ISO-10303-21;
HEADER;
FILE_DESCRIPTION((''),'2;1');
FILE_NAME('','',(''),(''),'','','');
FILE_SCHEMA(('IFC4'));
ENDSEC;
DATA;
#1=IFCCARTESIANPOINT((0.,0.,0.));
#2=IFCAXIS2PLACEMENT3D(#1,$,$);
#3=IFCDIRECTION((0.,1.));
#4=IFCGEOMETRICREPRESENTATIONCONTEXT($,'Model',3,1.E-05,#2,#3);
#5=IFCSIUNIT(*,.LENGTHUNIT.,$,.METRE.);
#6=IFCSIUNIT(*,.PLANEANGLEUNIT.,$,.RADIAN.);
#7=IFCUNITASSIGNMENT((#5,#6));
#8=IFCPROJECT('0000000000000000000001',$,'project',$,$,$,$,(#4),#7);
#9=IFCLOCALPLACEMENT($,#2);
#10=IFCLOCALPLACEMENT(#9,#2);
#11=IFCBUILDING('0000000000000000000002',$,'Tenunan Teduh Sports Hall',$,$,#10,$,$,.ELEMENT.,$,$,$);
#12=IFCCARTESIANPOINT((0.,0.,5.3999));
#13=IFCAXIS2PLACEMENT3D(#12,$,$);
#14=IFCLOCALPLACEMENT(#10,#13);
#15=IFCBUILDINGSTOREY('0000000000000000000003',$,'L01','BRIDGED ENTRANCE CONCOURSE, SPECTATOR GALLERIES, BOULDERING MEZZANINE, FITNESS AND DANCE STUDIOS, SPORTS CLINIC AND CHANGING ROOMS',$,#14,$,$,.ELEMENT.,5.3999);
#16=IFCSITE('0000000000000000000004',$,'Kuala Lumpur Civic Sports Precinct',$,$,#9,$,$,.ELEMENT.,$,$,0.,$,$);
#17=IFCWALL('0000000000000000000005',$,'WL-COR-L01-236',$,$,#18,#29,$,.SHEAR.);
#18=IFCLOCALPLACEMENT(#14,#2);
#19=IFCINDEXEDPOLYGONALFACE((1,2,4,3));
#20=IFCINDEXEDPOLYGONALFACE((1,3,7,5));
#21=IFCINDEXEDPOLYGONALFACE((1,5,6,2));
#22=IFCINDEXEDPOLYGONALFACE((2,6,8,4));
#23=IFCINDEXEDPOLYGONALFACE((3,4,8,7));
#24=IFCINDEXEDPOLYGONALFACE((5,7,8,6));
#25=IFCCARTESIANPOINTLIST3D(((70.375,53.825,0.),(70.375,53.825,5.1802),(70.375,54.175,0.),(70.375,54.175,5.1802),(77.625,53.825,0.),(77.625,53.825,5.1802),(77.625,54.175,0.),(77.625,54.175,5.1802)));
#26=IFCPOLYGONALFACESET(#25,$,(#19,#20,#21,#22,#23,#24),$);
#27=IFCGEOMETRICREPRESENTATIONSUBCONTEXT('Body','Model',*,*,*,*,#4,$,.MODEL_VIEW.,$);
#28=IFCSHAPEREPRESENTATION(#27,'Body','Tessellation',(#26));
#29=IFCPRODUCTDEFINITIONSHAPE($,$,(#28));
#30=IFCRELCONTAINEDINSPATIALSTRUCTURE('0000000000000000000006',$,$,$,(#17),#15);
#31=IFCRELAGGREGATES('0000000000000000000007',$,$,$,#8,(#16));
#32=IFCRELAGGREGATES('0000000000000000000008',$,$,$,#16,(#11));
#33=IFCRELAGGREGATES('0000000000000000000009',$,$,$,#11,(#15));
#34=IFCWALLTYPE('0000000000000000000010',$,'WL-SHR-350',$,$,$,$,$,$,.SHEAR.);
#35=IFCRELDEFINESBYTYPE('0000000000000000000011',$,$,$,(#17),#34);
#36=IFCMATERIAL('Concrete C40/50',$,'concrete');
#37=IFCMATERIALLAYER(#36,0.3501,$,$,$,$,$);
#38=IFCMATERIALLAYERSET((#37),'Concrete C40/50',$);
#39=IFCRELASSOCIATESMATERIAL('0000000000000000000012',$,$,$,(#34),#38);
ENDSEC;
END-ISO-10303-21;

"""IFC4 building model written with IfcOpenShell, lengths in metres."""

from ifc_helpers import new_model, si_unit, direction, frame, frame_2d, origin, place, context, subcontext, project, spatial, rectangle, extrude, material, layer, layer_set, type_object, element, save


model = new_model("IFC4")

# Units and contexts
model_context = context("Model", 3, precision=1e-05, world=origin(), true_north=direction((0.0, 1.0)))
body_context = subcontext(model_context, "Body", "Model", "MODEL_VIEW")
ifc_project = project(units=[si_unit("LENGTHUNIT", "METRE"), si_unit("PLANEANGLEUNIT", "RADIAN")], contexts=[model_context])

# Site, building, storey
site_placement = place(None, origin())
site = spatial("IfcSite", under=ifc_project, at=site_placement, Name="Kuala Lumpur Civic Sports Precinct", CompositionType="ELEMENT", RefElevation=0.0)
building_placement = place(site_placement, origin())
building = spatial("IfcBuilding", under=site, at=building_placement, Name="Tenunan Teduh Sports Hall", CompositionType="ELEMENT")
storey_placement = place(building_placement, frame((0.0, 0.0, 5.3999)))
storey = spatial("IfcBuildingStorey", under=building, at=storey_placement, Name="L01", Description="BRIDGED ENTRANCE CONCOURSE, SPECTATOR GALLERIES, BOULDERING MEZZANINE, FITNESS AND DANCE STUDIOS, SPORTS CLINIC AND CHANGING ROOMS", CompositionType="ELEMENT", Elevation=5.3999)

# Wall
ifc_material_1 = material(Name="Concrete C40/50", Category="concrete")
ifc_layer_1 = layer(ifc_material_1, 0.3501)
ifc_layer_set_1 = layer_set([ifc_layer_1], Name="Concrete C40/50")
wall_type = type_object("IfcWallType", Name="WL-SHR-350", PredefinedType="SHEAR", material=ifc_layer_set_1)
wall_placement = place(storey_placement, frame((70.375, 54.0, 0.0), z_axis=(0.0, 0.0, 1.0), x_axis=(1.0, 0.0, 0.0)))
element("IfcWall", 1, at=wall_placement, inside=storey, type_object=wall_type, Name="WL-COR-L01-236", PredefinedType="SHEAR", context=body_context, shape_type="SweptSolid", body=[
    extrude(rectangle(XDim=7.25, YDim=0.3501, at=frame_2d((3.625, 0.0))), origin(), (0.0, 0.0, 1.0), 5.1802),
])

save(model, "model.ifc")
